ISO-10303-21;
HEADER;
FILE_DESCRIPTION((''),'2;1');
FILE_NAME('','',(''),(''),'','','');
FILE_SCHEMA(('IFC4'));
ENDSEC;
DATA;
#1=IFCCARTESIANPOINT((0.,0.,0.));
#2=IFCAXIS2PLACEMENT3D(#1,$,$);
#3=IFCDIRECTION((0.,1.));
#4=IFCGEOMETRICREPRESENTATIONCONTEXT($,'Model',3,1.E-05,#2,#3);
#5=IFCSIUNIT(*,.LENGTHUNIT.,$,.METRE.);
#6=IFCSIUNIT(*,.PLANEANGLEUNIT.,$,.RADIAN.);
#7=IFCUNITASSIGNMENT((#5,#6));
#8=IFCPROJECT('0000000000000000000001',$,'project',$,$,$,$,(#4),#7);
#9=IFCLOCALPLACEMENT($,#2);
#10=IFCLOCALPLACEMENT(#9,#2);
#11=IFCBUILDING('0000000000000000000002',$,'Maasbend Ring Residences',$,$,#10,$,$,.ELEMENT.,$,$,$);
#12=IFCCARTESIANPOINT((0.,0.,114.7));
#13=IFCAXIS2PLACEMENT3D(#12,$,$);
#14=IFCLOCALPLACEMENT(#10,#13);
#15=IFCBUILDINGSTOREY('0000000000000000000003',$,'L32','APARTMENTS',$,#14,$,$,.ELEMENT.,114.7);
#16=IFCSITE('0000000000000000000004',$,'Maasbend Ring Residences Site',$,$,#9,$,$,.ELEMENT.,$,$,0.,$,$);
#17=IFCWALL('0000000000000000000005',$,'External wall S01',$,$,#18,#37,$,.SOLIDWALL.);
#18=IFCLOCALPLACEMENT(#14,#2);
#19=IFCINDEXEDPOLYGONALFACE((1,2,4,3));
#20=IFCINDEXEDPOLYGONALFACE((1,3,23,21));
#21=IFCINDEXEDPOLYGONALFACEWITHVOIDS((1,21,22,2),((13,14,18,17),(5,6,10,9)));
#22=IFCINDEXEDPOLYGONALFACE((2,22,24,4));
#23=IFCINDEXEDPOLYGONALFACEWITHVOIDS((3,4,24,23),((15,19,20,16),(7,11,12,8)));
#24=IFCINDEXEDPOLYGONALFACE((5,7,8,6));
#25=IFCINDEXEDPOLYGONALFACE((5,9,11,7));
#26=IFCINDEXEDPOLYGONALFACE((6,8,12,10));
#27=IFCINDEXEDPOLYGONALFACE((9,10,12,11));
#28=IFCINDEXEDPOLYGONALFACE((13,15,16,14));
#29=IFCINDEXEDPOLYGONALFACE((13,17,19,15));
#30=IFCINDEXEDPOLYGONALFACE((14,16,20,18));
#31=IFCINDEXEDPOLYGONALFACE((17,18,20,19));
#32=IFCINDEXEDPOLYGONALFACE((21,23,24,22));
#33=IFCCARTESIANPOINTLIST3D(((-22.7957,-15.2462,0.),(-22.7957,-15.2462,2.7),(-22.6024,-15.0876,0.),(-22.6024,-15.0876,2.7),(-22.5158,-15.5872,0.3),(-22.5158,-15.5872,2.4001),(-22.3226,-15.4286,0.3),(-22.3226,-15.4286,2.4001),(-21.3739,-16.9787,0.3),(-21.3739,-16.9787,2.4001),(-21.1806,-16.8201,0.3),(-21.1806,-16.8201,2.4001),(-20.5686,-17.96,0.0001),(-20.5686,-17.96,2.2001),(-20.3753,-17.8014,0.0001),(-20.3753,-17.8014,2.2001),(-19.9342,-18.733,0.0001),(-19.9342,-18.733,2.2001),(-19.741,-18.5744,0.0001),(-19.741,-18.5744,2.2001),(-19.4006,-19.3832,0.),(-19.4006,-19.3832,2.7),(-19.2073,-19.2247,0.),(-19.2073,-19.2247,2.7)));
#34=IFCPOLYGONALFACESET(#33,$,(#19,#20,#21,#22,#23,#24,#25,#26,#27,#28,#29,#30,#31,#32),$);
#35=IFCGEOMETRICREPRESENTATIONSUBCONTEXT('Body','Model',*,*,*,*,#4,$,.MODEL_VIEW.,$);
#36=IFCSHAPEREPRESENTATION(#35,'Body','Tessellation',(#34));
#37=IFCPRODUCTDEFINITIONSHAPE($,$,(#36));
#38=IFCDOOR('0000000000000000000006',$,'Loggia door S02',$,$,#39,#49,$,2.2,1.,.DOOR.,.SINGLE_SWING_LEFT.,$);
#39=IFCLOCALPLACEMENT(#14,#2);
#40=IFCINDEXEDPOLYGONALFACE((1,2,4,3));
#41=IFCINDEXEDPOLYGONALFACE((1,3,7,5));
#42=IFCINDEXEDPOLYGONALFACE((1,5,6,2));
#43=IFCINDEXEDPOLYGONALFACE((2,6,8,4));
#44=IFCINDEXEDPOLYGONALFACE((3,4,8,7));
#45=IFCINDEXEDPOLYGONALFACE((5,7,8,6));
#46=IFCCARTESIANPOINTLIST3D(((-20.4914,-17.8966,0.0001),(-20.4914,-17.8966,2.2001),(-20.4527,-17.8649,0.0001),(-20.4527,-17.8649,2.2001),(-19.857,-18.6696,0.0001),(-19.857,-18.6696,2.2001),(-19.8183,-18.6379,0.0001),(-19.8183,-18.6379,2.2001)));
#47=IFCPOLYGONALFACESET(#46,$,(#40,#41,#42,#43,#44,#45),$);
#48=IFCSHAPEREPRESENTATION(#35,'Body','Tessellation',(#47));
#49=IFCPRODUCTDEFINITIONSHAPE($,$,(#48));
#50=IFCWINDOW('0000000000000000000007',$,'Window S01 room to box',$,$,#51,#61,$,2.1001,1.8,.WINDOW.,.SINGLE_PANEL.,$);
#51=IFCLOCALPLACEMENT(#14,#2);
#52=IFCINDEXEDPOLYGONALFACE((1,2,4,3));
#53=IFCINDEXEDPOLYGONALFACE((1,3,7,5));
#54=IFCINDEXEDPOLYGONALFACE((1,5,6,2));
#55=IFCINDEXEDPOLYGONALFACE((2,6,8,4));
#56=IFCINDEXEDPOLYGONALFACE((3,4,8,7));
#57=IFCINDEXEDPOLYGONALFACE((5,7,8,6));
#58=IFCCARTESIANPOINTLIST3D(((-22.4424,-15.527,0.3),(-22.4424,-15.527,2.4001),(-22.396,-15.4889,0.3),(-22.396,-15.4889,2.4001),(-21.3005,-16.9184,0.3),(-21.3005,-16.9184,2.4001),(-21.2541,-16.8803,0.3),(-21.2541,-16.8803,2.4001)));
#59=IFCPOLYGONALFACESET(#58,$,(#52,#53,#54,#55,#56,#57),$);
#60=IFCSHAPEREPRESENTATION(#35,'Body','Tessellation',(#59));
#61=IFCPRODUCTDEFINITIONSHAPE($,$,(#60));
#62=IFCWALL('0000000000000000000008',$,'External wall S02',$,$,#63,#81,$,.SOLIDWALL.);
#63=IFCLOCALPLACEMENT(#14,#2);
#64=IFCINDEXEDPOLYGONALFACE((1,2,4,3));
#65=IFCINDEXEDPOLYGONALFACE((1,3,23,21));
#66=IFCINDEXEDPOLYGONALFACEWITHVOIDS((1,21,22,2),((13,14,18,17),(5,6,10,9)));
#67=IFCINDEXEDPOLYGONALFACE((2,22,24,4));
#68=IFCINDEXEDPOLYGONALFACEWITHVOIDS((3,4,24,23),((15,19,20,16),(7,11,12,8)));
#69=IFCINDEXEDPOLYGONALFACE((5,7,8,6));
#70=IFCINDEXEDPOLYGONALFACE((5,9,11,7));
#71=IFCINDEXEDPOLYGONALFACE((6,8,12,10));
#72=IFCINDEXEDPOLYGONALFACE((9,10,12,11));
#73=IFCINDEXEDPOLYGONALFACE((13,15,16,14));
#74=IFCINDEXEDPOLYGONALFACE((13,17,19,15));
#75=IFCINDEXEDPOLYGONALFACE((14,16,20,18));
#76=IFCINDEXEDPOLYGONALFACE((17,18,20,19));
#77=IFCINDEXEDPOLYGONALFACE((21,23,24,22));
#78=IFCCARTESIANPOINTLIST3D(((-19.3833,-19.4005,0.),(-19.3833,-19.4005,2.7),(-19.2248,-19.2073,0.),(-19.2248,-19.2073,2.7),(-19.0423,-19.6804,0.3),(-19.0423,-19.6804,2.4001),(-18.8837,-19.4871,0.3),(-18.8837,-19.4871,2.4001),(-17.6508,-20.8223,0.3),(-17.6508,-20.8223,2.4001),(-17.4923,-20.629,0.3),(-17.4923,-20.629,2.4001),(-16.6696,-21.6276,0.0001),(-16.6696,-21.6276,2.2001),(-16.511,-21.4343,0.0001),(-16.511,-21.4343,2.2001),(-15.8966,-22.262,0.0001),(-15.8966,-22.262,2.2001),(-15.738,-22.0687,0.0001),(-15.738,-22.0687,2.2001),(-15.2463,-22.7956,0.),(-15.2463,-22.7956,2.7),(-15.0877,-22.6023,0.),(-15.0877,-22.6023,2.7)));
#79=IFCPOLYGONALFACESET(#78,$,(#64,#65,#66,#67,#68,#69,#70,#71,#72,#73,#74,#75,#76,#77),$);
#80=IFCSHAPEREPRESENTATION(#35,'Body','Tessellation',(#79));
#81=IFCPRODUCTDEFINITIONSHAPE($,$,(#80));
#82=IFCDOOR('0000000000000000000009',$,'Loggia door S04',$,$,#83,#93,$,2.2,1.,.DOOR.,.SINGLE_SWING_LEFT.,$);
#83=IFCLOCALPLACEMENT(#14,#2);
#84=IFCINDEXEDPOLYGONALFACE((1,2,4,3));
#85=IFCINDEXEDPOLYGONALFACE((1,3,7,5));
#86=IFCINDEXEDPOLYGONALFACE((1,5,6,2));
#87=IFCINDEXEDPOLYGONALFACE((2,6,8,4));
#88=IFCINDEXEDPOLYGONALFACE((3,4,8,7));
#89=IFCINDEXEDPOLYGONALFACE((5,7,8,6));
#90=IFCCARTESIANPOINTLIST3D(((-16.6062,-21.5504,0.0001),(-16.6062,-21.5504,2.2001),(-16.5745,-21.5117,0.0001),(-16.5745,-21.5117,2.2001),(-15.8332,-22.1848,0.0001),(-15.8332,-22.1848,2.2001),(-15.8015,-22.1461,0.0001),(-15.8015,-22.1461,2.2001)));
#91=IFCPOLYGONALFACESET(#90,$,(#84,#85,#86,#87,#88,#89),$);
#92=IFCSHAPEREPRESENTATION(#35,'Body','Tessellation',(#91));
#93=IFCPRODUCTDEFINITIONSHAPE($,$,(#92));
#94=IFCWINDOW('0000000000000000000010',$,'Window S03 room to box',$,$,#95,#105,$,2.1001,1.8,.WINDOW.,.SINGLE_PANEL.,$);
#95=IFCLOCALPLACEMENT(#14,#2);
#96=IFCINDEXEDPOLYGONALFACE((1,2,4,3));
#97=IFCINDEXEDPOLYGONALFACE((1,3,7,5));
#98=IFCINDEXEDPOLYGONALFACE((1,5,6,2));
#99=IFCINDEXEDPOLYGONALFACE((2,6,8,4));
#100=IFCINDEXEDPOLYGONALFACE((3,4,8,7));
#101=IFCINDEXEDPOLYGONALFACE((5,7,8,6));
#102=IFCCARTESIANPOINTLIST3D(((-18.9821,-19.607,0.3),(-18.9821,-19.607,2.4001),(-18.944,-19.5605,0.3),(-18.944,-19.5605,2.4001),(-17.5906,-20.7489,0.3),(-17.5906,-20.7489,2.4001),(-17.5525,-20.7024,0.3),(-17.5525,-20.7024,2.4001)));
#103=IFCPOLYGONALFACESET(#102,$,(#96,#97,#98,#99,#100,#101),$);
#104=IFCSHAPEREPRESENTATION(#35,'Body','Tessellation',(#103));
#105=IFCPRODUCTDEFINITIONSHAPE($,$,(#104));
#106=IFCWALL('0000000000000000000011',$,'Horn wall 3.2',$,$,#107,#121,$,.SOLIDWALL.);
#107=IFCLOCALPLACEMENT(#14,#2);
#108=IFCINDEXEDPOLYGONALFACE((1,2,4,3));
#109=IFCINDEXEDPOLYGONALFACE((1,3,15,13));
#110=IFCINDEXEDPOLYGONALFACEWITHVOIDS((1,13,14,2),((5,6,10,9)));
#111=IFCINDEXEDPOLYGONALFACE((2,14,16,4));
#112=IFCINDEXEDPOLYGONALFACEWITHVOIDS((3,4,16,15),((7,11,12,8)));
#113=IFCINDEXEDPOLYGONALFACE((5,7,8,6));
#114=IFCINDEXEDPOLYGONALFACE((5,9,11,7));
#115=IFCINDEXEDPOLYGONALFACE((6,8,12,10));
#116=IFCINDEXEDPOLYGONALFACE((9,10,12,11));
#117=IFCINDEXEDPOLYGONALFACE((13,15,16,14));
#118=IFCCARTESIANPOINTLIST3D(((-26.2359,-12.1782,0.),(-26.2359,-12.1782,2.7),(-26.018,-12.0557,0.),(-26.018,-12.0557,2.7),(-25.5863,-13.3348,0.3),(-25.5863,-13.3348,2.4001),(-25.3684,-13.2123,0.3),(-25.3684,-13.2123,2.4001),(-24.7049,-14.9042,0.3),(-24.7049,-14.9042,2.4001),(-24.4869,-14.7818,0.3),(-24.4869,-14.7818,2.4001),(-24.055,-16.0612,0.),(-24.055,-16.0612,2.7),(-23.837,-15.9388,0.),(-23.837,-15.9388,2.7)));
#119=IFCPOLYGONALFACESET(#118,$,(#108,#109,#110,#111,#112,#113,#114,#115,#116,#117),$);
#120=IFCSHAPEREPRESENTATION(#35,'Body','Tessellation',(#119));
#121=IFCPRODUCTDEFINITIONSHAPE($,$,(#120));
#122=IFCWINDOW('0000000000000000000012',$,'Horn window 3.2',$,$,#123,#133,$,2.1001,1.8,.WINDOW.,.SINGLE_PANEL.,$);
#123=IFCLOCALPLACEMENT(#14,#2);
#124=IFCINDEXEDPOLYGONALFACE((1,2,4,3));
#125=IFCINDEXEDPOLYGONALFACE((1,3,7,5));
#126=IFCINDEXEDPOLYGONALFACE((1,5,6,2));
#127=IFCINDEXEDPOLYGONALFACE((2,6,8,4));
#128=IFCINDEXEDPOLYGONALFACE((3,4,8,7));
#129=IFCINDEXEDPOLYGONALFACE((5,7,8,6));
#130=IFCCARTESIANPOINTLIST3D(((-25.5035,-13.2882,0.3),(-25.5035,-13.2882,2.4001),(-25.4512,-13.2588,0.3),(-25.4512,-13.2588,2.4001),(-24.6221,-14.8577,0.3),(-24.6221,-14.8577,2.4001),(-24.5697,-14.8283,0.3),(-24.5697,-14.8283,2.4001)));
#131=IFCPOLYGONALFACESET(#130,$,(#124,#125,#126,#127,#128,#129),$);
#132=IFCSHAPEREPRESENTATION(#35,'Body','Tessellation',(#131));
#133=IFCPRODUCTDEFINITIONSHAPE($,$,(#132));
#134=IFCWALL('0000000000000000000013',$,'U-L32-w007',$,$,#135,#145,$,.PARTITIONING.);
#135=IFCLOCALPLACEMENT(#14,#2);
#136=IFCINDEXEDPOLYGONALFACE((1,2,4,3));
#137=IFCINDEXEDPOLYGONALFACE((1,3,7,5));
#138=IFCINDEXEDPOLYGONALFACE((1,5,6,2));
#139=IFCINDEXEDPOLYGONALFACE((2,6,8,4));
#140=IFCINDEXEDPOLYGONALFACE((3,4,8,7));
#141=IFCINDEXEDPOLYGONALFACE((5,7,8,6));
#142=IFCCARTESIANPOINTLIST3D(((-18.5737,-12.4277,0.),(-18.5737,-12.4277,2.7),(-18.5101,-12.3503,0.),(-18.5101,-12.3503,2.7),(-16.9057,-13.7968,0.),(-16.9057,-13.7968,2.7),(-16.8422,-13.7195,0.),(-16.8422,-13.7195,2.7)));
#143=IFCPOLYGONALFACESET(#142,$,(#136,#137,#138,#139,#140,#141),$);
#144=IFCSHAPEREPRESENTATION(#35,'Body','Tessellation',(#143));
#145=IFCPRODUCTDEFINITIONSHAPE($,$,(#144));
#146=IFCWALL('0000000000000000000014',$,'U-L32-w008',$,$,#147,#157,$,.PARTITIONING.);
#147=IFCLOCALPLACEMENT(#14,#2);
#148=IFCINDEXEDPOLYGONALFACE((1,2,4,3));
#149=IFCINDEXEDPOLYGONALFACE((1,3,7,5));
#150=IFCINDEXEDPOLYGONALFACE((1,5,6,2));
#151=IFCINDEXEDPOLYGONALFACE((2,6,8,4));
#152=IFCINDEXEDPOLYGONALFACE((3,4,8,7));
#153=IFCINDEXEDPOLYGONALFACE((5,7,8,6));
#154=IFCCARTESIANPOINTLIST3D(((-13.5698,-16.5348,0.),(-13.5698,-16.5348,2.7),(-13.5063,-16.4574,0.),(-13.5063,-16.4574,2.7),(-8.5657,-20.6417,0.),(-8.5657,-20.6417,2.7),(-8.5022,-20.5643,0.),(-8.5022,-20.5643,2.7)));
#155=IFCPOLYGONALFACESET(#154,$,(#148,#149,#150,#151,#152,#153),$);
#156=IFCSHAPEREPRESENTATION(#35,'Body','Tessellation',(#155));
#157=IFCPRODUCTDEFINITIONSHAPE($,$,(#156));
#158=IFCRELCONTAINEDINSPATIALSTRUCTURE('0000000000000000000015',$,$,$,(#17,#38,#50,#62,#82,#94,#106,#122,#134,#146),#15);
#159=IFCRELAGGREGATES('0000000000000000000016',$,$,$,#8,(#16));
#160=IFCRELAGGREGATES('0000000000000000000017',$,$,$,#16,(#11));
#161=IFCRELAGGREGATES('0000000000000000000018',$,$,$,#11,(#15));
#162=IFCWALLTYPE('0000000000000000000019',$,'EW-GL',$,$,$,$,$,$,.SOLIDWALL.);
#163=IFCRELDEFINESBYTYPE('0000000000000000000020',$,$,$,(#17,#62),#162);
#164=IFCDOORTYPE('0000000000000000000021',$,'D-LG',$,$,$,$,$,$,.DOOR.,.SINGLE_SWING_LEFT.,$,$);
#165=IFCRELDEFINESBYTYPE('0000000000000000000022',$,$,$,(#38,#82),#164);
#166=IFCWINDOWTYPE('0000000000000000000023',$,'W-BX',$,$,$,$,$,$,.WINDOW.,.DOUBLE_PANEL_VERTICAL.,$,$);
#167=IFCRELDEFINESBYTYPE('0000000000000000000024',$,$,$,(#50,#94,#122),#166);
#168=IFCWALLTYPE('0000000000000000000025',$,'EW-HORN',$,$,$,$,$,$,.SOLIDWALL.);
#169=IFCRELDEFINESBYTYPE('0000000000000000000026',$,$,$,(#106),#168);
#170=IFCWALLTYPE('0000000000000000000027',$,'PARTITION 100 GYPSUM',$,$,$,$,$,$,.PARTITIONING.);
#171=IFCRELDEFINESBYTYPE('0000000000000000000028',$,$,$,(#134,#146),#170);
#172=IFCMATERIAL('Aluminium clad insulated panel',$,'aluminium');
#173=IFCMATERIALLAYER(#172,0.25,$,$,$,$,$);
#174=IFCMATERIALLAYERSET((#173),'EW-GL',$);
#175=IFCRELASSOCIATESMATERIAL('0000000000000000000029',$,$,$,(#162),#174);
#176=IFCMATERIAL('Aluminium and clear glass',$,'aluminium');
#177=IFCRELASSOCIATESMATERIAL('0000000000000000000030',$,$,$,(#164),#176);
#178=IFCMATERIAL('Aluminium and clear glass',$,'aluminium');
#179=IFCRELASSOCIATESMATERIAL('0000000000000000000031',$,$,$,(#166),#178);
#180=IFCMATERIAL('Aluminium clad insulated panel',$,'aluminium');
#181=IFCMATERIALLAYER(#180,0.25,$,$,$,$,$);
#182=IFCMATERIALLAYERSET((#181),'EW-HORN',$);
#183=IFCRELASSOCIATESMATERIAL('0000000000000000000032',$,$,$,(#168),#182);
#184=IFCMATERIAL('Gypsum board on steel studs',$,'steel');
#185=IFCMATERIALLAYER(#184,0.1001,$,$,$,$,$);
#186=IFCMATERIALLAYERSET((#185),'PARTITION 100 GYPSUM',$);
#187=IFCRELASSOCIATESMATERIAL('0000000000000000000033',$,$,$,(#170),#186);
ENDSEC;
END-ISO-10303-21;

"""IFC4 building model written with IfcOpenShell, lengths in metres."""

from ifc_helpers import new_model, si_unit, direction, frame, frame_2d, origin, place, context, subcontext, project, spatial, rectangle, extrude, material, layer, layer_set, type_object, element, fill, save


model = new_model("IFC4")

# Units and contexts
model_context = context("Model", 3, precision=1e-05, world=origin(), true_north=direction((0.0, 1.0)))
body_context = subcontext(model_context, "Body", "Model", "MODEL_VIEW")
ifc_project = project(units=[si_unit("LENGTHUNIT", "METRE"), si_unit("PLANEANGLEUNIT", "RADIAN")], contexts=[model_context])

# Site, building, storey
site_placement = place(None, origin())
site = spatial("IfcSite", under=ifc_project, at=site_placement, Name="Maasbend Ring Residences Site", CompositionType="ELEMENT", RefElevation=0.0)
building_placement = place(site_placement, origin())
building = spatial("IfcBuilding", under=site, at=building_placement, Name="Maasbend Ring Residences", CompositionType="ELEMENT")
storey_placement = place(building_placement, frame((0.0, 0.0, 114.7)))
storey = spatial("IfcBuildingStorey", under=building, at=storey_placement, Name="L32", Description="APARTMENTS", CompositionType="ELEMENT", Elevation=114.7)

# Walls, openings, doors, windows
ifc_material_1 = material(Name="Aluminium clad insulated panel", Category="aluminium")
ifc_layer_1 = layer(ifc_material_1, 0.25)
ifc_layer_set_1 = layer_set([ifc_layer_1], Name="EW-GL")
wall_type_1 = type_object("IfcWallType", Name="EW-GL", PredefinedType="SOLIDWALL", material=ifc_layer_set_1)
wall_1_placement = place(storey_placement, frame((-22.699, -15.167, 0.0), z_axis=(0.0, 0.0, 1.0), x_axis=(0.634382, -0.773019, 0.0)))
wall_1 = element("IfcWall", 1, at=wall_1_placement, inside=storey, type_object=wall_type_1, Name="External wall S01", PredefinedType="SOLIDWALL", context=body_context, shape_type="SweptSolid", body=[
    extrude(rectangle(XDim=5.3518, YDim=0.25, at=frame_2d((2.6758, 0.0))), origin(), (0.0, 0.0, 1.0), 2.7),
])
opening_1_placement = place(wall_1_placement, frame((0.4412, 0.0, 0.3)))
opening_1 = element("IfcOpeningElement", 2, at=opening_1_placement, cuts=wall_1, PredefinedType="OPENING", context=body_context, shape_type="SweptSolid", body=[
    extrude(rectangle(XDim=1.8, YDim=2.1001, at=frame_2d((0.8999, 1.05))), frame((0.0, 0.135, 0.0), z_axis=(0.0, -1.0, 0.0), x_axis=(1.0, 0.0, 0.0)), (0.0, 0.0, 1.0), 0.27),
])
opening_2_placement = place(wall_1_placement, frame((3.5105, 0.0, 0.0)))
opening_2 = element("IfcOpeningElement", 3, at=opening_2_placement, cuts=wall_1, PredefinedType="OPENING", context=body_context, shape_type="SweptSolid", body=[
    extrude(rectangle(XDim=1.0, YDim=2.2, at=frame_2d((0.5, 1.1001))), frame((0.0, 0.135, 0.0), z_axis=(0.0, -1.0, 0.0), x_axis=(1.0, 0.0, 0.0)), (0.0, 0.0, 1.0), 0.27),
])
ifc_material_2 = material(Name="Aluminium and clear glass", Category="aluminium")
door_type_1 = type_object("IfcDoorType", Name="D-LG", OperationType="SINGLE_SWING_LEFT", PredefinedType="DOOR", material=ifc_material_2)
door_1_placement = place(opening_2_placement, origin())
door_1 = element("IfcDoor", 4, at=door_1_placement, inside=storey, type_object=door_type_1, Name="Loggia door S02", OperationType="SINGLE_SWING_LEFT", OverallHeight=2.2, OverallWidth=1.0, PredefinedType="DOOR", context=body_context, shape_type="SweptSolid", body=[
    extrude(rectangle(XDim=1.0, YDim=2.2, at=frame_2d((0.5, 1.1001))), frame((0.0, 0.0249, 0.0), z_axis=(0.0, -1.0, 0.0), x_axis=(1.0, 0.0, 0.0)), (0.0, 0.0, 1.0), 0.05),
])
fill(opening_2, door_1)
ifc_material_3 = material(Name="Aluminium and clear glass", Category="aluminium")
window_type_1 = type_object("IfcWindowType", Name="W-BX", PartitioningType="DOUBLE_PANEL_VERTICAL", PredefinedType="WINDOW", material=ifc_material_3)
window_1_placement = place(opening_1_placement, origin())
window_1 = element("IfcWindow", 5, at=window_1_placement, inside=storey, type_object=window_type_1, Name="Window S01 room to box", OverallHeight=2.1001, OverallWidth=1.8, PartitioningType="SINGLE_PANEL", PredefinedType="WINDOW", context=body_context, shape_type="SweptSolid", body=[
    extrude(rectangle(XDim=1.8, YDim=2.1001, at=frame_2d((0.8999, 1.05))), frame((0.0, 0.03, 0.0), z_axis=(0.0, -1.0, 0.0), x_axis=(1.0, 0.0, 0.0)), (0.0, 0.0, 1.0), 0.0601),
])
fill(opening_1, window_1)
wall_2_placement = place(storey_placement, frame((-19.304, -19.304, 0.0), z_axis=(0.0, 0.0, 1.0), x_axis=(0.773019, -0.634382, 0.0)))
wall_2 = element("IfcWall", 6, at=wall_2_placement, inside=storey, type_object=wall_type_1, Name="External wall S02", PredefinedType="SOLIDWALL", context=body_context, shape_type="SweptSolid", body=[
    extrude(rectangle(XDim=5.3518, YDim=0.25, at=frame_2d((2.6758, 0.0))), origin(), (0.0, 0.0, 1.0), 2.7),
])
opening_3_placement = place(wall_2_placement, frame((0.4412, 0.0, 0.3)))
opening_3 = element("IfcOpeningElement", 7, at=opening_3_placement, cuts=wall_2, PredefinedType="OPENING", context=body_context, shape_type="SweptSolid", body=[
    extrude(rectangle(XDim=1.8, YDim=2.1001, at=frame_2d((0.8999, 1.05))), frame((0.0, 0.135, 0.0), z_axis=(0.0, -1.0, 0.0), x_axis=(1.0, 0.0, 0.0)), (0.0, 0.0, 1.0), 0.27),
])
opening_4_placement = place(wall_2_placement, frame((3.5105, 0.0, 0.0)))
opening_4 = element("IfcOpeningElement", 8, at=opening_4_placement, cuts=wall_2, PredefinedType="OPENING", context=body_context, shape_type="SweptSolid", body=[
    extrude(rectangle(XDim=1.0, YDim=2.2, at=frame_2d((0.5, 1.1001))), frame((0.0, 0.135, 0.0), z_axis=(0.0, -1.0, 0.0), x_axis=(1.0, 0.0, 0.0)), (0.0, 0.0, 1.0), 0.27),
])
door_2_placement = place(opening_4_placement, origin())
door_2 = element("IfcDoor", 9, at=door_2_placement, inside=storey, type_object=door_type_1, Name="Loggia door S04", OperationType="SINGLE_SWING_LEFT", OverallHeight=2.2, OverallWidth=1.0, PredefinedType="DOOR", context=body_context, shape_type="SweptSolid", body=[
    extrude(rectangle(XDim=1.0, YDim=2.2, at=frame_2d((0.5, 1.1001))), frame((0.0, 0.0249, 0.0), z_axis=(0.0, -1.0, 0.0), x_axis=(1.0, 0.0, 0.0)), (0.0, 0.0, 1.0), 0.05),
])
fill(opening_4, door_2)
window_2_placement = place(opening_3_placement, origin())
window_2 = element("IfcWindow", 10, at=window_2_placement, inside=storey, type_object=window_type_1, Name="Window S03 room to box", OverallHeight=2.1001, OverallWidth=1.8, PartitioningType="SINGLE_PANEL", PredefinedType="WINDOW", context=body_context, shape_type="SweptSolid", body=[
    extrude(rectangle(XDim=1.8, YDim=2.1001, at=frame_2d((0.8999, 1.05))), frame((0.0, 0.03, 0.0), z_axis=(0.0, -1.0, 0.0), x_axis=(1.0, 0.0, 0.0)), (0.0, 0.0, 1.0), 0.0601),
])
fill(opening_3, window_2)

# Wall, opening, window
ifc_material_4 = material(Name="Aluminium clad insulated panel", Category="aluminium")
ifc_layer_2 = layer(ifc_material_4, 0.25)
ifc_layer_set_2 = layer_set([ifc_layer_2], Name="EW-HORN")
wall_type_2 = type_object("IfcWallType", Name="EW-HORN", PredefinedType="SOLIDWALL", material=ifc_layer_set_2)
wall_3_placement = place(storey_placement, frame((-26.127, -12.1169, 0.0), z_axis=(0.0, 0.0, 1.0), x_axis=(0.489696, -0.871893, 0.0)))
wall_3 = element("IfcWall", 11, at=wall_3_placement, inside=storey, type_object=wall_type_2, Name="Horn wall 3.2", PredefinedType="SOLIDWALL", context=body_context, shape_type="SweptSolid", body=[
    extrude(rectangle(XDim=4.4536, YDim=0.25, at=frame_2d((2.2268, 0.0))), origin(), (0.0, 0.0, 1.0), 2.7),
])
opening_5_placement = place(wall_3_placement, frame((1.3267, 0.0, 0.3)))
opening_5 = element("IfcOpeningElement", 12, at=opening_5_placement, cuts=wall_3, PredefinedType="OPENING", context=body_context, shape_type="SweptSolid", body=[
    extrude(rectangle(XDim=1.8, YDim=2.1001, at=frame_2d((0.8999, 1.05))), frame((0.0, 0.135, 0.0), z_axis=(0.0, -1.0, 0.0), x_axis=(1.0, 0.0, 0.0)), (0.0, 0.0, 1.0), 0.27),
])
window_3_placement = place(opening_5_placement, origin())
window_3 = element("IfcWindow", 13, at=window_3_placement, inside=storey, type_object=window_type_1, Name="Horn window 3.2", OverallHeight=2.1001, OverallWidth=1.8, PartitioningType="SINGLE_PANEL", PredefinedType="WINDOW", context=body_context, shape_type="SweptSolid", body=[
    extrude(rectangle(XDim=1.8, YDim=2.1001, at=frame_2d((0.8999, 1.05))), frame((0.0, 0.03, 0.0), z_axis=(0.0, -1.0, 0.0), x_axis=(1.0, 0.0, 0.0)), (0.0, 0.0, 1.0), 0.0601),
])
fill(opening_5, window_3)

# Walls
ifc_material_5 = material(Name="Gypsum board on steel studs", Category="steel")
ifc_layer_3 = layer(ifc_material_5, 0.1001)
ifc_layer_set_3 = layer_set([ifc_layer_3], Name="PARTITION 100 GYPSUM")
wall_type_3 = type_object("IfcWallType", Name="PARTITION 100 GYPSUM", PredefinedType="PARTITIONING", material=ifc_layer_set_3)
wall_4_placement = place(storey_placement, frame((-18.542, -12.3889, 0.0), z_axis=(0.0, 0.0, 1.0), x_axis=(0.772948, -0.634469, 0.0)))
element("IfcWall", 14, at=wall_4_placement, inside=storey, type_object=wall_type_3, Name="U-L32-w007", PredefinedType="PARTITIONING", context=body_context, shape_type="SweptSolid", body=[
    extrude(rectangle(XDim=2.158, YDim=0.1001, at=frame_2d((1.0791, 0.0))), origin(), (0.0, 0.0, 1.0), 2.7),
])
wall_5_placement = place(storey_placement, frame((-13.5381, -16.4961, 0.0), z_axis=(0.0, 0.0, 1.0), x_axis=(0.773, -0.634406, 0.0)))
element("IfcWall", 15, at=wall_5_placement, inside=storey, type_object=wall_type_3, Name="U-L32-w008", PredefinedType="PARTITIONING", context=body_context, shape_type="SweptSolid", body=[
    extrude(rectangle(XDim=6.4736, YDim=0.1001, at=frame_2d((3.2368, 0.0))), origin(), (0.0, 0.0, 1.0), 2.7),
])

save(model, "model.ifc")
